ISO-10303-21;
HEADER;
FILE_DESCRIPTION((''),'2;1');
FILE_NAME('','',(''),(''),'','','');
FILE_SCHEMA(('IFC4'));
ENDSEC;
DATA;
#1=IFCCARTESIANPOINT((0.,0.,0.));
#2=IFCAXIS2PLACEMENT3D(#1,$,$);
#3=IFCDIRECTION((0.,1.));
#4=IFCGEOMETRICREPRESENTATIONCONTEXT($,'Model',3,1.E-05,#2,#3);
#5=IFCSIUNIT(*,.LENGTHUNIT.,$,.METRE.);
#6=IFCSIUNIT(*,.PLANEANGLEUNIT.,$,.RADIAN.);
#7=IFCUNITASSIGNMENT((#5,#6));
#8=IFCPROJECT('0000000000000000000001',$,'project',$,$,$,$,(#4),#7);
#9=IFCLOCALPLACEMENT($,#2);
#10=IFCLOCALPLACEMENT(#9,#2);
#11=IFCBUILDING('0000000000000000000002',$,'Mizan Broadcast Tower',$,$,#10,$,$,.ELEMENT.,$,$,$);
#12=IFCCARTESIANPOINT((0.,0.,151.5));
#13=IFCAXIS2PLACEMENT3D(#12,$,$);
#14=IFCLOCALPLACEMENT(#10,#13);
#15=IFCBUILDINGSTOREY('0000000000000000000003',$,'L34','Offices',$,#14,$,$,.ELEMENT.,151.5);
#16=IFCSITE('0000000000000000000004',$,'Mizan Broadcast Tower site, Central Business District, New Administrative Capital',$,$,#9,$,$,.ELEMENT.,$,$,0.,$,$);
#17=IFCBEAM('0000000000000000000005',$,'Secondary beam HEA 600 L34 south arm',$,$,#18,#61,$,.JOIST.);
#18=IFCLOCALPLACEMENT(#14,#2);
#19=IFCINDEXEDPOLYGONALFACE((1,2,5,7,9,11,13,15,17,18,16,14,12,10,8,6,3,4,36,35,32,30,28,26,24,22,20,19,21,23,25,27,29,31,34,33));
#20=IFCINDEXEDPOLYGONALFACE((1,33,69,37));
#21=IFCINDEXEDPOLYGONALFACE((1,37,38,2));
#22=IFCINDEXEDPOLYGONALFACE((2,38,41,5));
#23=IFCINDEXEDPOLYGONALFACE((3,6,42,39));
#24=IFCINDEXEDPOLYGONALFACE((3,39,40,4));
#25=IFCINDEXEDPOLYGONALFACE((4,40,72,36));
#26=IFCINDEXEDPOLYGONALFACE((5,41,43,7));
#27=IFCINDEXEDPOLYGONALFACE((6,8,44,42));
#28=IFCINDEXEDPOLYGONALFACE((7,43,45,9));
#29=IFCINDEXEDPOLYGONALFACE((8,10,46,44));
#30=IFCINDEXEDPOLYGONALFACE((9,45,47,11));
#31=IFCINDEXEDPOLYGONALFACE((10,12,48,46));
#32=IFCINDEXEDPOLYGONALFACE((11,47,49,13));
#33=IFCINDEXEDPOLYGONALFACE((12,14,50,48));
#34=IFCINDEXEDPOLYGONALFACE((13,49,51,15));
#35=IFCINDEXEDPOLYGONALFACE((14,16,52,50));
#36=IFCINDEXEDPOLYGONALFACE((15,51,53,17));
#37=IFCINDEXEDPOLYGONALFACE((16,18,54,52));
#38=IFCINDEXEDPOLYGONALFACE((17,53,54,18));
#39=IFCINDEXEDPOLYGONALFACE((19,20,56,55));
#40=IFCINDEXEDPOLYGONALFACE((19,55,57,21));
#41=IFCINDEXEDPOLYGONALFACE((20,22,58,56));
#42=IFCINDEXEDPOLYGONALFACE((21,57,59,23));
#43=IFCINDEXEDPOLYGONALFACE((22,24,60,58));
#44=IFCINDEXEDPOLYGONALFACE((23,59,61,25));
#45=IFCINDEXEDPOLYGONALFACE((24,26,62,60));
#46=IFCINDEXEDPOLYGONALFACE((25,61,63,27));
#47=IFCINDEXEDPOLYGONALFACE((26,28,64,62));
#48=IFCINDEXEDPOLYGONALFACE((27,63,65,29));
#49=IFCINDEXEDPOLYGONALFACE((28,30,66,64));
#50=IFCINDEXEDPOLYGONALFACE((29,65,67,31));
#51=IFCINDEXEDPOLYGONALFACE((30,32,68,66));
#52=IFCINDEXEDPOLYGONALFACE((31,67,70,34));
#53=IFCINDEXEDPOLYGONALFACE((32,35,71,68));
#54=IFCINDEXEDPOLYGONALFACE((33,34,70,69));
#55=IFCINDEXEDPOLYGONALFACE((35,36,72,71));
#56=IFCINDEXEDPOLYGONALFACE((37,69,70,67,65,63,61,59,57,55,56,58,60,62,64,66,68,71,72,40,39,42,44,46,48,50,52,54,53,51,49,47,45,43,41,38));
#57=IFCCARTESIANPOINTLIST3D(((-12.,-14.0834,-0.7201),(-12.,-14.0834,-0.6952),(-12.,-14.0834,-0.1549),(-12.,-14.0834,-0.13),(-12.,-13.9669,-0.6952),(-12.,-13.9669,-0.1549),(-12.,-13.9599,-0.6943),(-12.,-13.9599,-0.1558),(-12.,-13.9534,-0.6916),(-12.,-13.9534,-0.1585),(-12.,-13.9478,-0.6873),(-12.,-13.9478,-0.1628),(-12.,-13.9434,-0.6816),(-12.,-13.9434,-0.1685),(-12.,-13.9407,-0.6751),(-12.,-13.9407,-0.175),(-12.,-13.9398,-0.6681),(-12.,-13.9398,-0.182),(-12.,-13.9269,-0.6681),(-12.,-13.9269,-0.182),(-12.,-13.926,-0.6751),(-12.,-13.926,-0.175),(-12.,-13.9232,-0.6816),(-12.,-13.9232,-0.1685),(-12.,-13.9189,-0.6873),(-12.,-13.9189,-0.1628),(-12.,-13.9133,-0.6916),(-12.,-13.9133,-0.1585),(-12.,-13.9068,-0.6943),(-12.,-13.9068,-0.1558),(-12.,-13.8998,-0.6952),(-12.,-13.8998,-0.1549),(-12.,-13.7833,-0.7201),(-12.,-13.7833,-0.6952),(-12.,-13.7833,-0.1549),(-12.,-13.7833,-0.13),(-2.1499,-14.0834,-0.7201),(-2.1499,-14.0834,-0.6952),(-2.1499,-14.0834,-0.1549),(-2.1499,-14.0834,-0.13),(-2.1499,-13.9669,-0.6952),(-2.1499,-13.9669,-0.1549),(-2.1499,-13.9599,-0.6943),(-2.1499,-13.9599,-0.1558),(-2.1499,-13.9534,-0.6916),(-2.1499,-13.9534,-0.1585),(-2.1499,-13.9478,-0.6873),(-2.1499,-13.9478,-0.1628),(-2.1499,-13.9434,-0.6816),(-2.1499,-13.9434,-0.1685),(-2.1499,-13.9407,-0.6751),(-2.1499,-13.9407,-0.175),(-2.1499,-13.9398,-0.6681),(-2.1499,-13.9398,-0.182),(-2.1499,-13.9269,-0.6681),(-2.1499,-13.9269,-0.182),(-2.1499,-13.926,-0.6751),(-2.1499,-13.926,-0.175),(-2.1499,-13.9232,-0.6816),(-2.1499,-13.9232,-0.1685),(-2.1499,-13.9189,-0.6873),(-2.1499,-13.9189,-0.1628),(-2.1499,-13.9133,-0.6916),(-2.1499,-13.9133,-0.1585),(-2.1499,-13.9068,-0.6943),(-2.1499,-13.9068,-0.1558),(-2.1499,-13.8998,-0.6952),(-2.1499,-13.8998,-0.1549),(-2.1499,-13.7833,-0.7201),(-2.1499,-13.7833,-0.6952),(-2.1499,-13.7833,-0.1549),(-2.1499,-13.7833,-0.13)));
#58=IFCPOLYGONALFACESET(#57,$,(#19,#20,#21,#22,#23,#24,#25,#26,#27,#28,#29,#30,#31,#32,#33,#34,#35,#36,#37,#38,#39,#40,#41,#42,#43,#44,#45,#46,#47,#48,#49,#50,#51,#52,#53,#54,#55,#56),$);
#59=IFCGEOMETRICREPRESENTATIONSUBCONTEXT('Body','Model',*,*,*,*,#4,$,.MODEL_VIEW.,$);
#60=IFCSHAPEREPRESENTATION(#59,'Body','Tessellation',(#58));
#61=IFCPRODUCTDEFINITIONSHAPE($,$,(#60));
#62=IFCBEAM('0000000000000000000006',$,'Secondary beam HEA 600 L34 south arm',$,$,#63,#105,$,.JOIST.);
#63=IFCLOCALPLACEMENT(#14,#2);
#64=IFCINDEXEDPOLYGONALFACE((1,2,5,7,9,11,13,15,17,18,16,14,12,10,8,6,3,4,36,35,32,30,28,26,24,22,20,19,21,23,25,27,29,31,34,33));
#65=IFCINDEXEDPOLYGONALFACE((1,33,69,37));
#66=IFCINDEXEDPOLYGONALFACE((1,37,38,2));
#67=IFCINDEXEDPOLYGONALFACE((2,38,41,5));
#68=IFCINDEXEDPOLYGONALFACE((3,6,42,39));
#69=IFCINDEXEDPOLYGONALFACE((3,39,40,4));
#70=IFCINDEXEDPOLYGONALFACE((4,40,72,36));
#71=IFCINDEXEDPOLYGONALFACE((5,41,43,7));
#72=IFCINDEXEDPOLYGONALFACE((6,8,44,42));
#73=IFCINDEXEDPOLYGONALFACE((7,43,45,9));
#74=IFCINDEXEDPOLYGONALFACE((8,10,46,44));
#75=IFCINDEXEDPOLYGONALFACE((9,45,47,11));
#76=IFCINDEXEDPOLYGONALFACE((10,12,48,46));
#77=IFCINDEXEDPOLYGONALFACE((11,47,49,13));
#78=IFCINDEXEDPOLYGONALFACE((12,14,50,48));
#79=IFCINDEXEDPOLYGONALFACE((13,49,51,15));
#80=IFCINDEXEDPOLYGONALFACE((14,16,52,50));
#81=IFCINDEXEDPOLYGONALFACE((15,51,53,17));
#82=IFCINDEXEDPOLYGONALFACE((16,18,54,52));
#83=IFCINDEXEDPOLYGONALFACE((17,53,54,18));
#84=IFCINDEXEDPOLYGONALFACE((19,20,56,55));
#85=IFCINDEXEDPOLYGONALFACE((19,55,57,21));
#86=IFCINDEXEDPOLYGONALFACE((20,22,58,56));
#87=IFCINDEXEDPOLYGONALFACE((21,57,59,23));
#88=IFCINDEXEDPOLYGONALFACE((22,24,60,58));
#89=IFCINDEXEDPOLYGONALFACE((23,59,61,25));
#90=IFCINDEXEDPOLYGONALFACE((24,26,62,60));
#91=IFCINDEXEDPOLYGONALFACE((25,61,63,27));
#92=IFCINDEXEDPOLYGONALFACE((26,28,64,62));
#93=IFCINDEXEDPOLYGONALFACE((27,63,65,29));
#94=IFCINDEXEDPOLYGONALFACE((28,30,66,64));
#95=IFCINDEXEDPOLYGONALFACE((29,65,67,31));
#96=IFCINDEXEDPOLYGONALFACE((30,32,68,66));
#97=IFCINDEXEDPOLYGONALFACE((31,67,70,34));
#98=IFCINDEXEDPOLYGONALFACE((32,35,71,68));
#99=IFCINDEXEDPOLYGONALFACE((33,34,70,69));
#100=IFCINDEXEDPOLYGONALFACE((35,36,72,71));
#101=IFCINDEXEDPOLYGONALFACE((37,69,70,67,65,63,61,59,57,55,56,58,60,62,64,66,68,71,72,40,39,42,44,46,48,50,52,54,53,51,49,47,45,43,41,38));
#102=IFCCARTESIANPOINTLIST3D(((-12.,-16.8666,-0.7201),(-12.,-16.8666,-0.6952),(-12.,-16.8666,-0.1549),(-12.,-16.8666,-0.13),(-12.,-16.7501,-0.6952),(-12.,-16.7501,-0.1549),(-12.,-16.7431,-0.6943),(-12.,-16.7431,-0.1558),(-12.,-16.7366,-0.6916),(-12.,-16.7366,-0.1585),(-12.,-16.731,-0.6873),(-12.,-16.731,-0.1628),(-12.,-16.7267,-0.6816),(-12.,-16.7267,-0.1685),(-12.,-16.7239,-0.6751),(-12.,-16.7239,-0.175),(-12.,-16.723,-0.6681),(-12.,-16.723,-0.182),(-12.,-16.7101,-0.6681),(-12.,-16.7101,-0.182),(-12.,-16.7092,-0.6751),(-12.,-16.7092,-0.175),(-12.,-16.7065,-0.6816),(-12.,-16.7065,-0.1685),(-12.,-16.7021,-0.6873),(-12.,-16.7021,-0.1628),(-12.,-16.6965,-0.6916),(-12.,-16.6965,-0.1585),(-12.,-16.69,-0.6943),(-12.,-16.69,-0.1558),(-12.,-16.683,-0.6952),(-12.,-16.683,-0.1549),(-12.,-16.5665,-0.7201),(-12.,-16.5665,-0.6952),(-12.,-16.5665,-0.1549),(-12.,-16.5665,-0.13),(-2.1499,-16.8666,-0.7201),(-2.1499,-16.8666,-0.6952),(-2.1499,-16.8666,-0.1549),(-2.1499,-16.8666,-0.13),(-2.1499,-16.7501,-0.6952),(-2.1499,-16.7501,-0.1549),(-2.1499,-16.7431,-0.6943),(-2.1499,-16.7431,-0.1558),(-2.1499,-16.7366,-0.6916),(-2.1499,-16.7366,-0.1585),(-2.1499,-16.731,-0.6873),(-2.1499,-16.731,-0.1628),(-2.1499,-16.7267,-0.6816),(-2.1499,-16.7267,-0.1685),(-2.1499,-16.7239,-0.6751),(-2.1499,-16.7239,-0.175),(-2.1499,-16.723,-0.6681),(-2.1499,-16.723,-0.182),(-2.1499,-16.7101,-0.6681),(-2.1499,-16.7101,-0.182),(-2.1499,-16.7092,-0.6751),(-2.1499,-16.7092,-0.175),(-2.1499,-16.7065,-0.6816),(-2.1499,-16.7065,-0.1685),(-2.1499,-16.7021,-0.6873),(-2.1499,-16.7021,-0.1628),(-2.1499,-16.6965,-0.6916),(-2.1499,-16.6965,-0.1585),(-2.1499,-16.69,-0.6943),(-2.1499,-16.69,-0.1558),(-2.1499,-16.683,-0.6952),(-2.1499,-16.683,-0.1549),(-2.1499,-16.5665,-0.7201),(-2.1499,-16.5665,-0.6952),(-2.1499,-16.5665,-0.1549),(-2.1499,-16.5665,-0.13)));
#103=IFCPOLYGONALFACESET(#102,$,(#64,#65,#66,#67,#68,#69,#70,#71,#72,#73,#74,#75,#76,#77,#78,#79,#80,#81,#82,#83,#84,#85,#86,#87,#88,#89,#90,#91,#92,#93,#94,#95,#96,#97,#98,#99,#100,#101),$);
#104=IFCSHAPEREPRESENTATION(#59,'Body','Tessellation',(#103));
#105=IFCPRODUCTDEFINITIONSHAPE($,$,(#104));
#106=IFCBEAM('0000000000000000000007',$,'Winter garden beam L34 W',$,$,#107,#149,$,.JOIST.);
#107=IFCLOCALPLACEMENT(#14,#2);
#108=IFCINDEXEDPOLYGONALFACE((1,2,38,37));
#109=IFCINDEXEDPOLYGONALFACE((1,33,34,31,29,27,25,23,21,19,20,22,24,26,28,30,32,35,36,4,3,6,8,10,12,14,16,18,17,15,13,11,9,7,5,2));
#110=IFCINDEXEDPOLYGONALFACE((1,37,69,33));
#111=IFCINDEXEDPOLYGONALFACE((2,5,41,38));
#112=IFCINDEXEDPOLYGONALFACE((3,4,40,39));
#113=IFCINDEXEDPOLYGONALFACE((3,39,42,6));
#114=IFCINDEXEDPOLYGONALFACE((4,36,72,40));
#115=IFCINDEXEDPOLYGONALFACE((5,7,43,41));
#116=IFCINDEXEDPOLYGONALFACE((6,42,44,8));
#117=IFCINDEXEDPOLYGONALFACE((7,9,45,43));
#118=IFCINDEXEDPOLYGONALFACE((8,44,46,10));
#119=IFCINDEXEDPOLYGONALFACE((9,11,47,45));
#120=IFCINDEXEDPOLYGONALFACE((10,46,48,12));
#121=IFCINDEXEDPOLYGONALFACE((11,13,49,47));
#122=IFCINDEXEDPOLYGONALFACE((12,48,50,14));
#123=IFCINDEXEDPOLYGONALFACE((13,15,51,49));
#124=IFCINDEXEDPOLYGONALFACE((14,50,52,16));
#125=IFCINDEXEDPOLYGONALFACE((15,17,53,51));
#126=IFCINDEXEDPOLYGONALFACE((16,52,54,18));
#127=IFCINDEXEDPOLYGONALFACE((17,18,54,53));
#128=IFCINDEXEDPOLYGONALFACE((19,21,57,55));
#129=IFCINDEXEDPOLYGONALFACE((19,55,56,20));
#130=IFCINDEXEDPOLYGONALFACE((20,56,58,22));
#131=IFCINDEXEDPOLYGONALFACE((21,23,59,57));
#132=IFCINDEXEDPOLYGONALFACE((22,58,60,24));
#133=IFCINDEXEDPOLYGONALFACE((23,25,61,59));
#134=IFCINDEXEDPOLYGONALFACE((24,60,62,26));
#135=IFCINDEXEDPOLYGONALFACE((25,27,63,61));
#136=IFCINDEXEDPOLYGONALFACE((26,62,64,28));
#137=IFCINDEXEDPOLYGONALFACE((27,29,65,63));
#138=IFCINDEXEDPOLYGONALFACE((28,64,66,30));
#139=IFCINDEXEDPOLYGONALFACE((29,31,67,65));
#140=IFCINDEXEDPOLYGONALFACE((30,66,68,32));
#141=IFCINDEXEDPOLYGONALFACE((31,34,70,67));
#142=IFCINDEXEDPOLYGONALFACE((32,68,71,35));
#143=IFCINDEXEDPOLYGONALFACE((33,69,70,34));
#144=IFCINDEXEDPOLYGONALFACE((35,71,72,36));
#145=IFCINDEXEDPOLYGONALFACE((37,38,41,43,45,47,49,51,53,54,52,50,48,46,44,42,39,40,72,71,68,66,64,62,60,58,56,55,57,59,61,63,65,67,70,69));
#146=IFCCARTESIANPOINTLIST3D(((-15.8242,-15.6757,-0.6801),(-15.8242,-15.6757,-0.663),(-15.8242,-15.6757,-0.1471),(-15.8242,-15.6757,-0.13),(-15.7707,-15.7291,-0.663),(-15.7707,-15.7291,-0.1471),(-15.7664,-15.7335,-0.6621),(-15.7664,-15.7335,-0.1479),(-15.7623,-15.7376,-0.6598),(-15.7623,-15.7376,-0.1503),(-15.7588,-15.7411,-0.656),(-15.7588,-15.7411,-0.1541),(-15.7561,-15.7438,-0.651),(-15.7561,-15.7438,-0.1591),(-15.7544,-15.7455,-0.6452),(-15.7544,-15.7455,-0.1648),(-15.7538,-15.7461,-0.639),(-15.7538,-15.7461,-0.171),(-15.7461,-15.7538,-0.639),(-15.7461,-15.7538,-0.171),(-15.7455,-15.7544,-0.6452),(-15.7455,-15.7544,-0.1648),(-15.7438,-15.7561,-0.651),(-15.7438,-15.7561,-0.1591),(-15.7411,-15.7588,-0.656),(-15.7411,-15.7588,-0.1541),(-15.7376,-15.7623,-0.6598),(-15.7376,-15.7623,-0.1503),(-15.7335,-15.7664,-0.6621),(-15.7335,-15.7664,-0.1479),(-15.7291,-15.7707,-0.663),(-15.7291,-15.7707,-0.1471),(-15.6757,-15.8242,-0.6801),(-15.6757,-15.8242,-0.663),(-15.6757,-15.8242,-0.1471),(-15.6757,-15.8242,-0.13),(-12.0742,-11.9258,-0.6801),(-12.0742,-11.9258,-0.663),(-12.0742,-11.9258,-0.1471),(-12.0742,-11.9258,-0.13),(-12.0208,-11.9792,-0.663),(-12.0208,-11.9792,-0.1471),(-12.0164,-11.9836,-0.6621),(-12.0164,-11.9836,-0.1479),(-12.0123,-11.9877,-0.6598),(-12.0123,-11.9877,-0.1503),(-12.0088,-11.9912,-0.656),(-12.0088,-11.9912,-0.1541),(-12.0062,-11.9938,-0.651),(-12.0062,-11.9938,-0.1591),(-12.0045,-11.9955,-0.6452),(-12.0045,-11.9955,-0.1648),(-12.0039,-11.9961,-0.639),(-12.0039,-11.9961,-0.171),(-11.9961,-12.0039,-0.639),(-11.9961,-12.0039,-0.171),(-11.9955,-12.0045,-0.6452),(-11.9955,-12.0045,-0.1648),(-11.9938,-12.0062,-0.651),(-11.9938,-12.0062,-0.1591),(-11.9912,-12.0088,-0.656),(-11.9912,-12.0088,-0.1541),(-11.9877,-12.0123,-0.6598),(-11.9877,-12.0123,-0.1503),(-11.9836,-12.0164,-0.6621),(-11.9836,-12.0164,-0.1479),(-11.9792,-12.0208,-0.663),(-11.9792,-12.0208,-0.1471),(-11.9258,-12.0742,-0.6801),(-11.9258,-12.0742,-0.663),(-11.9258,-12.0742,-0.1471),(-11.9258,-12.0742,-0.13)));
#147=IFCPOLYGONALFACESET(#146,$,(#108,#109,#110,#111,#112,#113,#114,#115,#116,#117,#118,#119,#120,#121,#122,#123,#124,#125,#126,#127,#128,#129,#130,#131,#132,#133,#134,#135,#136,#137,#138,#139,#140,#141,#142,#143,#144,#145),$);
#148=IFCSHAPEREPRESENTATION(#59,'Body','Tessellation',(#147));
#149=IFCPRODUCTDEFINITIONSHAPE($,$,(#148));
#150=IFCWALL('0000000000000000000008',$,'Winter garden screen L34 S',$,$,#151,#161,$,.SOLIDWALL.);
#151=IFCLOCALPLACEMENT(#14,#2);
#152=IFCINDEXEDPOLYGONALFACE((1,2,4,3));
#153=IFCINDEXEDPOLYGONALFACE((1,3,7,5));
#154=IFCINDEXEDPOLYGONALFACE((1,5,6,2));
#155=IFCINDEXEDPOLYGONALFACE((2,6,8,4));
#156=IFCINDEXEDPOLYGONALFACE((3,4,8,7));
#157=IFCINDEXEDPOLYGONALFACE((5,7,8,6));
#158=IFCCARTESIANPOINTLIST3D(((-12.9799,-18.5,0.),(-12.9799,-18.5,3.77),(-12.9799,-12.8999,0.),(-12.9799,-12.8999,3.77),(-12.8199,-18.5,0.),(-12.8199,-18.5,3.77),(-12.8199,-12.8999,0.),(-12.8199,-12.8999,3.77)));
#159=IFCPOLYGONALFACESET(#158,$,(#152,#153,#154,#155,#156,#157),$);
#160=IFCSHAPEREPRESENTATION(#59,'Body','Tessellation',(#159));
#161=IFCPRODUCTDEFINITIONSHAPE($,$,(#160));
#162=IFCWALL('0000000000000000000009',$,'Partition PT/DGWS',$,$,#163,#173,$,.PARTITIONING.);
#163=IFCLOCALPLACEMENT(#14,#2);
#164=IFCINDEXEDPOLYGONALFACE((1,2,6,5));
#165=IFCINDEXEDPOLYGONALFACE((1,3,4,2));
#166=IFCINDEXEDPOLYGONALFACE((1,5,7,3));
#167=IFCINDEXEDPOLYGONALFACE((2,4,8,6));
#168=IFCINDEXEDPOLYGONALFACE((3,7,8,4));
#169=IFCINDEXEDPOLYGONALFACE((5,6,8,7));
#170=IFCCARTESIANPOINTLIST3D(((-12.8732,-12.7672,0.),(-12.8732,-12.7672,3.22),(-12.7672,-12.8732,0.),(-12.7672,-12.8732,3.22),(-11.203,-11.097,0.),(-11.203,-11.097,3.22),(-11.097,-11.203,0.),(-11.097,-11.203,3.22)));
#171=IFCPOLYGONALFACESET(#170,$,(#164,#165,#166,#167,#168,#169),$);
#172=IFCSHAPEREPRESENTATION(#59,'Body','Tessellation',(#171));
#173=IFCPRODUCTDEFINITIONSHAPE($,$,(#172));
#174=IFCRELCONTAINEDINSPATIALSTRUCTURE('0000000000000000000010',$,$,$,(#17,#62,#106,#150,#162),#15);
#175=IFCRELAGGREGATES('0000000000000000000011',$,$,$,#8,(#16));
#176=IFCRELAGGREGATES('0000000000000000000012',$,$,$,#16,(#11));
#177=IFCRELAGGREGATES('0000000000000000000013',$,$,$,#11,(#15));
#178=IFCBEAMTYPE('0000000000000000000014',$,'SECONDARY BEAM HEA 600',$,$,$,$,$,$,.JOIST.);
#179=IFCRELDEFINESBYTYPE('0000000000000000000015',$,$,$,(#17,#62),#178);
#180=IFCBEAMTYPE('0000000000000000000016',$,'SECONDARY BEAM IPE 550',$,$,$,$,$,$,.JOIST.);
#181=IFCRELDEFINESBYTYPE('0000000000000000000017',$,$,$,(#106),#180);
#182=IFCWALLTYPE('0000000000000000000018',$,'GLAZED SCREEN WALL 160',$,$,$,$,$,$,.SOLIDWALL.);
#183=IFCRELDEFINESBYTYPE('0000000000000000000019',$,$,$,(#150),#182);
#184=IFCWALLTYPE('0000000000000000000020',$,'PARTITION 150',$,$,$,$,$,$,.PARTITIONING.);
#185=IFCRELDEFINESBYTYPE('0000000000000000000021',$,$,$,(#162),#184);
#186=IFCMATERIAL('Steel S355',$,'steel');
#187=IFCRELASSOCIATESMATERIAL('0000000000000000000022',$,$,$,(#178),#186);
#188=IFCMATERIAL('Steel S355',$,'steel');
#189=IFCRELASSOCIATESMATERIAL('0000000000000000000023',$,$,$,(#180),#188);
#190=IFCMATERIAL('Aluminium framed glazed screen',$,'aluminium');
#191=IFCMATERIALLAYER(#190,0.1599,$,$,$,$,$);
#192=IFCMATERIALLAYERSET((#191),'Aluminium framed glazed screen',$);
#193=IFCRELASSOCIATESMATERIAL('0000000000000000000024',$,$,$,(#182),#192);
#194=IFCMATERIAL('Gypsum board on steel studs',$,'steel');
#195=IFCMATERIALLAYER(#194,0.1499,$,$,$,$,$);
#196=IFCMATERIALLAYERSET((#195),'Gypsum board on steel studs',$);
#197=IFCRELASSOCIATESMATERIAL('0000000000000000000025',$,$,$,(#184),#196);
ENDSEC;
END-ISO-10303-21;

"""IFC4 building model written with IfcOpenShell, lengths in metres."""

from ifc_helpers import new_model, si_unit, direction, frame, frame_2d, origin, origin_2d, place, context, subcontext, project, spatial, rectangle, i_section, extrude, material, layer, layer_set, material_profile, profile_set, type_object, element, save


model = new_model("IFC4")

# Units and contexts
model_context = context("Model", 3, precision=1e-05, world=origin(), true_north=direction((0.0, 1.0)))
body_context = subcontext(model_context, "Body", "Model", "MODEL_VIEW")
ifc_project = project(units=[si_unit("LENGTHUNIT", "METRE"), si_unit("PLANEANGLEUNIT", "RADIAN")], contexts=[model_context])

# Site, building, storey
site_placement = place(None, origin())
site = spatial("IfcSite", under=ifc_project, at=site_placement, Name="Mizan Broadcast Tower site, Central Business District, New Administrative Capital", CompositionType="ELEMENT", RefElevation=0.0)
building_placement = place(site_placement, origin())
building = spatial("IfcBuilding", under=site, at=building_placement, Name="Mizan Broadcast Tower", CompositionType="ELEMENT")
storey_placement = place(building_placement, frame((0.0, 0.0, 151.5)))
storey = spatial("IfcBuildingStorey", under=building, at=storey_placement, Name="L34", Description="Offices", CompositionType="ELEMENT", Elevation=151.5)

# Beams
ifc_material_1 = material(Name="Steel S355", Category="steel")
ifc_material_profile_1 = material_profile(ifc_material_1, i_section(OverallWidth=0.3, OverallDepth=0.5901, WebThickness=0.0129, FlangeThickness=0.0249, FilletRadius=0.0271, at=origin_2d()), Name="HEA 600")
ifc_profile_set_1 = profile_set([ifc_material_profile_1], Name="Steel S355")
beam_type_1 = type_object("IfcBeamType", Name="SECONDARY BEAM HEA 600", PredefinedType="JOIST", material=ifc_profile_set_1)
for number, where, z_axis, x_axis, name in (
    (1, (-12.0, -13.9333, -0.425), (1.0, 0.0, 0.0), (0.0, 1.0, 0.0), "Secondary beam HEA 600 L34 south arm"),
    (2, (-12.0, -16.7166, -0.425), (1.0, 0.0, 0.0), (0.0, 1.0, 0.0), "Secondary beam HEA 600 L34 south arm"),
):
    element("IfcBeam", number, at=place(storey_placement, frame(where, z_axis=z_axis, x_axis=x_axis)), inside=storey, type_object=beam_type_1, Name=name, PredefinedType="JOIST", context=body_context, shape_type="SweptSolid", body=[
        extrude(i_section(OverallWidth=0.3, OverallDepth=0.5901, WebThickness=0.0129, FlangeThickness=0.0249, FilletRadius=0.0271, at=origin_2d()), origin(), (0.0, 0.0, 1.0), 9.8501),
    ])
ifc_material_2 = material(Name="Steel S355", Category="steel")
ifc_material_profile_2 = material_profile(ifc_material_2, i_section(OverallWidth=0.21, OverallDepth=0.55, WebThickness=0.011, FlangeThickness=0.0171, FilletRadius=0.0239, at=origin_2d()), Name="IPE 550")
ifc_profile_set_2 = profile_set([ifc_material_profile_2], Name="Steel S355")
beam_type_2 = type_object("IfcBeamType", Name="SECONDARY BEAM IPE 550", PredefinedType="JOIST", material=ifc_profile_set_2)
beam_1_placement = place(storey_placement, frame((-12.0, -12.0, -0.405), z_axis=(-0.707107, -0.707107, 0.0), x_axis=(0.707107, -0.707107, 0.0)))
element("IfcBeam", 3, at=beam_1_placement, inside=storey, type_object=beam_type_2, Name="Winter garden beam L34 W", PredefinedType="JOIST", context=body_context, shape_type="SweptSolid", body=[
    extrude(i_section(OverallWidth=0.21, OverallDepth=0.55, WebThickness=0.011, FlangeThickness=0.0171, FilletRadius=0.0239, at=origin_2d()), origin(), (0.0, 0.0, 1.0), 5.3032),
])

# Walls
ifc_material_3 = material(Name="Aluminium framed glazed screen", Category="aluminium")
ifc_layer_1 = layer(ifc_material_3, 0.1599)
ifc_layer_set_1 = layer_set([ifc_layer_1], Name="Aluminium framed glazed screen")
wall_type_1 = type_object("IfcWallType", Name="GLAZED SCREEN WALL 160", PredefinedType="SOLIDWALL", material=ifc_layer_set_1)
wall_1_placement = place(storey_placement, frame((-12.8999, -12.8999, 0.0), z_axis=(0.0, 0.0, 1.0), x_axis=(0.0, -1.0, 0.0)))
element("IfcWall", 4, at=wall_1_placement, inside=storey, type_object=wall_type_1, Name="Winter garden screen L34 S", PredefinedType="SOLIDWALL", context=body_context, shape_type="SweptSolid", body=[
    extrude(rectangle(XDim=5.6001, YDim=0.1599, at=frame_2d((2.8, 0.0))), origin(), (0.0, 0.0, 1.0), 3.77),
])
ifc_material_4 = material(Name="Gypsum board on steel studs", Category="steel")
ifc_layer_2 = layer(ifc_material_4, 0.1499)
ifc_layer_set_2 = layer_set([ifc_layer_2], Name="Gypsum board on steel studs")
wall_type_2 = type_object("IfcWallType", Name="PARTITION 150", PredefinedType="PARTITIONING", material=ifc_layer_set_2)
wall_2_placement = place(storey_placement, frame((-11.1499, -11.1499, 0.0), z_axis=(0.0, 0.0, 1.0), x_axis=(-0.707107, -0.707107, 0.0)))
element("IfcWall", 5, at=wall_2_placement, inside=storey, type_object=wall_type_2, Name="Partition PT/DGWS", PredefinedType="PARTITIONING", context=body_context, shape_type="SweptSolid", body=[
    extrude(rectangle(XDim=2.3621, YDim=0.1499, at=frame_2d((1.1812, 0.0))), origin(), (0.0, 0.0, 1.0), 3.22),
])

save(model, "model.ifc")
